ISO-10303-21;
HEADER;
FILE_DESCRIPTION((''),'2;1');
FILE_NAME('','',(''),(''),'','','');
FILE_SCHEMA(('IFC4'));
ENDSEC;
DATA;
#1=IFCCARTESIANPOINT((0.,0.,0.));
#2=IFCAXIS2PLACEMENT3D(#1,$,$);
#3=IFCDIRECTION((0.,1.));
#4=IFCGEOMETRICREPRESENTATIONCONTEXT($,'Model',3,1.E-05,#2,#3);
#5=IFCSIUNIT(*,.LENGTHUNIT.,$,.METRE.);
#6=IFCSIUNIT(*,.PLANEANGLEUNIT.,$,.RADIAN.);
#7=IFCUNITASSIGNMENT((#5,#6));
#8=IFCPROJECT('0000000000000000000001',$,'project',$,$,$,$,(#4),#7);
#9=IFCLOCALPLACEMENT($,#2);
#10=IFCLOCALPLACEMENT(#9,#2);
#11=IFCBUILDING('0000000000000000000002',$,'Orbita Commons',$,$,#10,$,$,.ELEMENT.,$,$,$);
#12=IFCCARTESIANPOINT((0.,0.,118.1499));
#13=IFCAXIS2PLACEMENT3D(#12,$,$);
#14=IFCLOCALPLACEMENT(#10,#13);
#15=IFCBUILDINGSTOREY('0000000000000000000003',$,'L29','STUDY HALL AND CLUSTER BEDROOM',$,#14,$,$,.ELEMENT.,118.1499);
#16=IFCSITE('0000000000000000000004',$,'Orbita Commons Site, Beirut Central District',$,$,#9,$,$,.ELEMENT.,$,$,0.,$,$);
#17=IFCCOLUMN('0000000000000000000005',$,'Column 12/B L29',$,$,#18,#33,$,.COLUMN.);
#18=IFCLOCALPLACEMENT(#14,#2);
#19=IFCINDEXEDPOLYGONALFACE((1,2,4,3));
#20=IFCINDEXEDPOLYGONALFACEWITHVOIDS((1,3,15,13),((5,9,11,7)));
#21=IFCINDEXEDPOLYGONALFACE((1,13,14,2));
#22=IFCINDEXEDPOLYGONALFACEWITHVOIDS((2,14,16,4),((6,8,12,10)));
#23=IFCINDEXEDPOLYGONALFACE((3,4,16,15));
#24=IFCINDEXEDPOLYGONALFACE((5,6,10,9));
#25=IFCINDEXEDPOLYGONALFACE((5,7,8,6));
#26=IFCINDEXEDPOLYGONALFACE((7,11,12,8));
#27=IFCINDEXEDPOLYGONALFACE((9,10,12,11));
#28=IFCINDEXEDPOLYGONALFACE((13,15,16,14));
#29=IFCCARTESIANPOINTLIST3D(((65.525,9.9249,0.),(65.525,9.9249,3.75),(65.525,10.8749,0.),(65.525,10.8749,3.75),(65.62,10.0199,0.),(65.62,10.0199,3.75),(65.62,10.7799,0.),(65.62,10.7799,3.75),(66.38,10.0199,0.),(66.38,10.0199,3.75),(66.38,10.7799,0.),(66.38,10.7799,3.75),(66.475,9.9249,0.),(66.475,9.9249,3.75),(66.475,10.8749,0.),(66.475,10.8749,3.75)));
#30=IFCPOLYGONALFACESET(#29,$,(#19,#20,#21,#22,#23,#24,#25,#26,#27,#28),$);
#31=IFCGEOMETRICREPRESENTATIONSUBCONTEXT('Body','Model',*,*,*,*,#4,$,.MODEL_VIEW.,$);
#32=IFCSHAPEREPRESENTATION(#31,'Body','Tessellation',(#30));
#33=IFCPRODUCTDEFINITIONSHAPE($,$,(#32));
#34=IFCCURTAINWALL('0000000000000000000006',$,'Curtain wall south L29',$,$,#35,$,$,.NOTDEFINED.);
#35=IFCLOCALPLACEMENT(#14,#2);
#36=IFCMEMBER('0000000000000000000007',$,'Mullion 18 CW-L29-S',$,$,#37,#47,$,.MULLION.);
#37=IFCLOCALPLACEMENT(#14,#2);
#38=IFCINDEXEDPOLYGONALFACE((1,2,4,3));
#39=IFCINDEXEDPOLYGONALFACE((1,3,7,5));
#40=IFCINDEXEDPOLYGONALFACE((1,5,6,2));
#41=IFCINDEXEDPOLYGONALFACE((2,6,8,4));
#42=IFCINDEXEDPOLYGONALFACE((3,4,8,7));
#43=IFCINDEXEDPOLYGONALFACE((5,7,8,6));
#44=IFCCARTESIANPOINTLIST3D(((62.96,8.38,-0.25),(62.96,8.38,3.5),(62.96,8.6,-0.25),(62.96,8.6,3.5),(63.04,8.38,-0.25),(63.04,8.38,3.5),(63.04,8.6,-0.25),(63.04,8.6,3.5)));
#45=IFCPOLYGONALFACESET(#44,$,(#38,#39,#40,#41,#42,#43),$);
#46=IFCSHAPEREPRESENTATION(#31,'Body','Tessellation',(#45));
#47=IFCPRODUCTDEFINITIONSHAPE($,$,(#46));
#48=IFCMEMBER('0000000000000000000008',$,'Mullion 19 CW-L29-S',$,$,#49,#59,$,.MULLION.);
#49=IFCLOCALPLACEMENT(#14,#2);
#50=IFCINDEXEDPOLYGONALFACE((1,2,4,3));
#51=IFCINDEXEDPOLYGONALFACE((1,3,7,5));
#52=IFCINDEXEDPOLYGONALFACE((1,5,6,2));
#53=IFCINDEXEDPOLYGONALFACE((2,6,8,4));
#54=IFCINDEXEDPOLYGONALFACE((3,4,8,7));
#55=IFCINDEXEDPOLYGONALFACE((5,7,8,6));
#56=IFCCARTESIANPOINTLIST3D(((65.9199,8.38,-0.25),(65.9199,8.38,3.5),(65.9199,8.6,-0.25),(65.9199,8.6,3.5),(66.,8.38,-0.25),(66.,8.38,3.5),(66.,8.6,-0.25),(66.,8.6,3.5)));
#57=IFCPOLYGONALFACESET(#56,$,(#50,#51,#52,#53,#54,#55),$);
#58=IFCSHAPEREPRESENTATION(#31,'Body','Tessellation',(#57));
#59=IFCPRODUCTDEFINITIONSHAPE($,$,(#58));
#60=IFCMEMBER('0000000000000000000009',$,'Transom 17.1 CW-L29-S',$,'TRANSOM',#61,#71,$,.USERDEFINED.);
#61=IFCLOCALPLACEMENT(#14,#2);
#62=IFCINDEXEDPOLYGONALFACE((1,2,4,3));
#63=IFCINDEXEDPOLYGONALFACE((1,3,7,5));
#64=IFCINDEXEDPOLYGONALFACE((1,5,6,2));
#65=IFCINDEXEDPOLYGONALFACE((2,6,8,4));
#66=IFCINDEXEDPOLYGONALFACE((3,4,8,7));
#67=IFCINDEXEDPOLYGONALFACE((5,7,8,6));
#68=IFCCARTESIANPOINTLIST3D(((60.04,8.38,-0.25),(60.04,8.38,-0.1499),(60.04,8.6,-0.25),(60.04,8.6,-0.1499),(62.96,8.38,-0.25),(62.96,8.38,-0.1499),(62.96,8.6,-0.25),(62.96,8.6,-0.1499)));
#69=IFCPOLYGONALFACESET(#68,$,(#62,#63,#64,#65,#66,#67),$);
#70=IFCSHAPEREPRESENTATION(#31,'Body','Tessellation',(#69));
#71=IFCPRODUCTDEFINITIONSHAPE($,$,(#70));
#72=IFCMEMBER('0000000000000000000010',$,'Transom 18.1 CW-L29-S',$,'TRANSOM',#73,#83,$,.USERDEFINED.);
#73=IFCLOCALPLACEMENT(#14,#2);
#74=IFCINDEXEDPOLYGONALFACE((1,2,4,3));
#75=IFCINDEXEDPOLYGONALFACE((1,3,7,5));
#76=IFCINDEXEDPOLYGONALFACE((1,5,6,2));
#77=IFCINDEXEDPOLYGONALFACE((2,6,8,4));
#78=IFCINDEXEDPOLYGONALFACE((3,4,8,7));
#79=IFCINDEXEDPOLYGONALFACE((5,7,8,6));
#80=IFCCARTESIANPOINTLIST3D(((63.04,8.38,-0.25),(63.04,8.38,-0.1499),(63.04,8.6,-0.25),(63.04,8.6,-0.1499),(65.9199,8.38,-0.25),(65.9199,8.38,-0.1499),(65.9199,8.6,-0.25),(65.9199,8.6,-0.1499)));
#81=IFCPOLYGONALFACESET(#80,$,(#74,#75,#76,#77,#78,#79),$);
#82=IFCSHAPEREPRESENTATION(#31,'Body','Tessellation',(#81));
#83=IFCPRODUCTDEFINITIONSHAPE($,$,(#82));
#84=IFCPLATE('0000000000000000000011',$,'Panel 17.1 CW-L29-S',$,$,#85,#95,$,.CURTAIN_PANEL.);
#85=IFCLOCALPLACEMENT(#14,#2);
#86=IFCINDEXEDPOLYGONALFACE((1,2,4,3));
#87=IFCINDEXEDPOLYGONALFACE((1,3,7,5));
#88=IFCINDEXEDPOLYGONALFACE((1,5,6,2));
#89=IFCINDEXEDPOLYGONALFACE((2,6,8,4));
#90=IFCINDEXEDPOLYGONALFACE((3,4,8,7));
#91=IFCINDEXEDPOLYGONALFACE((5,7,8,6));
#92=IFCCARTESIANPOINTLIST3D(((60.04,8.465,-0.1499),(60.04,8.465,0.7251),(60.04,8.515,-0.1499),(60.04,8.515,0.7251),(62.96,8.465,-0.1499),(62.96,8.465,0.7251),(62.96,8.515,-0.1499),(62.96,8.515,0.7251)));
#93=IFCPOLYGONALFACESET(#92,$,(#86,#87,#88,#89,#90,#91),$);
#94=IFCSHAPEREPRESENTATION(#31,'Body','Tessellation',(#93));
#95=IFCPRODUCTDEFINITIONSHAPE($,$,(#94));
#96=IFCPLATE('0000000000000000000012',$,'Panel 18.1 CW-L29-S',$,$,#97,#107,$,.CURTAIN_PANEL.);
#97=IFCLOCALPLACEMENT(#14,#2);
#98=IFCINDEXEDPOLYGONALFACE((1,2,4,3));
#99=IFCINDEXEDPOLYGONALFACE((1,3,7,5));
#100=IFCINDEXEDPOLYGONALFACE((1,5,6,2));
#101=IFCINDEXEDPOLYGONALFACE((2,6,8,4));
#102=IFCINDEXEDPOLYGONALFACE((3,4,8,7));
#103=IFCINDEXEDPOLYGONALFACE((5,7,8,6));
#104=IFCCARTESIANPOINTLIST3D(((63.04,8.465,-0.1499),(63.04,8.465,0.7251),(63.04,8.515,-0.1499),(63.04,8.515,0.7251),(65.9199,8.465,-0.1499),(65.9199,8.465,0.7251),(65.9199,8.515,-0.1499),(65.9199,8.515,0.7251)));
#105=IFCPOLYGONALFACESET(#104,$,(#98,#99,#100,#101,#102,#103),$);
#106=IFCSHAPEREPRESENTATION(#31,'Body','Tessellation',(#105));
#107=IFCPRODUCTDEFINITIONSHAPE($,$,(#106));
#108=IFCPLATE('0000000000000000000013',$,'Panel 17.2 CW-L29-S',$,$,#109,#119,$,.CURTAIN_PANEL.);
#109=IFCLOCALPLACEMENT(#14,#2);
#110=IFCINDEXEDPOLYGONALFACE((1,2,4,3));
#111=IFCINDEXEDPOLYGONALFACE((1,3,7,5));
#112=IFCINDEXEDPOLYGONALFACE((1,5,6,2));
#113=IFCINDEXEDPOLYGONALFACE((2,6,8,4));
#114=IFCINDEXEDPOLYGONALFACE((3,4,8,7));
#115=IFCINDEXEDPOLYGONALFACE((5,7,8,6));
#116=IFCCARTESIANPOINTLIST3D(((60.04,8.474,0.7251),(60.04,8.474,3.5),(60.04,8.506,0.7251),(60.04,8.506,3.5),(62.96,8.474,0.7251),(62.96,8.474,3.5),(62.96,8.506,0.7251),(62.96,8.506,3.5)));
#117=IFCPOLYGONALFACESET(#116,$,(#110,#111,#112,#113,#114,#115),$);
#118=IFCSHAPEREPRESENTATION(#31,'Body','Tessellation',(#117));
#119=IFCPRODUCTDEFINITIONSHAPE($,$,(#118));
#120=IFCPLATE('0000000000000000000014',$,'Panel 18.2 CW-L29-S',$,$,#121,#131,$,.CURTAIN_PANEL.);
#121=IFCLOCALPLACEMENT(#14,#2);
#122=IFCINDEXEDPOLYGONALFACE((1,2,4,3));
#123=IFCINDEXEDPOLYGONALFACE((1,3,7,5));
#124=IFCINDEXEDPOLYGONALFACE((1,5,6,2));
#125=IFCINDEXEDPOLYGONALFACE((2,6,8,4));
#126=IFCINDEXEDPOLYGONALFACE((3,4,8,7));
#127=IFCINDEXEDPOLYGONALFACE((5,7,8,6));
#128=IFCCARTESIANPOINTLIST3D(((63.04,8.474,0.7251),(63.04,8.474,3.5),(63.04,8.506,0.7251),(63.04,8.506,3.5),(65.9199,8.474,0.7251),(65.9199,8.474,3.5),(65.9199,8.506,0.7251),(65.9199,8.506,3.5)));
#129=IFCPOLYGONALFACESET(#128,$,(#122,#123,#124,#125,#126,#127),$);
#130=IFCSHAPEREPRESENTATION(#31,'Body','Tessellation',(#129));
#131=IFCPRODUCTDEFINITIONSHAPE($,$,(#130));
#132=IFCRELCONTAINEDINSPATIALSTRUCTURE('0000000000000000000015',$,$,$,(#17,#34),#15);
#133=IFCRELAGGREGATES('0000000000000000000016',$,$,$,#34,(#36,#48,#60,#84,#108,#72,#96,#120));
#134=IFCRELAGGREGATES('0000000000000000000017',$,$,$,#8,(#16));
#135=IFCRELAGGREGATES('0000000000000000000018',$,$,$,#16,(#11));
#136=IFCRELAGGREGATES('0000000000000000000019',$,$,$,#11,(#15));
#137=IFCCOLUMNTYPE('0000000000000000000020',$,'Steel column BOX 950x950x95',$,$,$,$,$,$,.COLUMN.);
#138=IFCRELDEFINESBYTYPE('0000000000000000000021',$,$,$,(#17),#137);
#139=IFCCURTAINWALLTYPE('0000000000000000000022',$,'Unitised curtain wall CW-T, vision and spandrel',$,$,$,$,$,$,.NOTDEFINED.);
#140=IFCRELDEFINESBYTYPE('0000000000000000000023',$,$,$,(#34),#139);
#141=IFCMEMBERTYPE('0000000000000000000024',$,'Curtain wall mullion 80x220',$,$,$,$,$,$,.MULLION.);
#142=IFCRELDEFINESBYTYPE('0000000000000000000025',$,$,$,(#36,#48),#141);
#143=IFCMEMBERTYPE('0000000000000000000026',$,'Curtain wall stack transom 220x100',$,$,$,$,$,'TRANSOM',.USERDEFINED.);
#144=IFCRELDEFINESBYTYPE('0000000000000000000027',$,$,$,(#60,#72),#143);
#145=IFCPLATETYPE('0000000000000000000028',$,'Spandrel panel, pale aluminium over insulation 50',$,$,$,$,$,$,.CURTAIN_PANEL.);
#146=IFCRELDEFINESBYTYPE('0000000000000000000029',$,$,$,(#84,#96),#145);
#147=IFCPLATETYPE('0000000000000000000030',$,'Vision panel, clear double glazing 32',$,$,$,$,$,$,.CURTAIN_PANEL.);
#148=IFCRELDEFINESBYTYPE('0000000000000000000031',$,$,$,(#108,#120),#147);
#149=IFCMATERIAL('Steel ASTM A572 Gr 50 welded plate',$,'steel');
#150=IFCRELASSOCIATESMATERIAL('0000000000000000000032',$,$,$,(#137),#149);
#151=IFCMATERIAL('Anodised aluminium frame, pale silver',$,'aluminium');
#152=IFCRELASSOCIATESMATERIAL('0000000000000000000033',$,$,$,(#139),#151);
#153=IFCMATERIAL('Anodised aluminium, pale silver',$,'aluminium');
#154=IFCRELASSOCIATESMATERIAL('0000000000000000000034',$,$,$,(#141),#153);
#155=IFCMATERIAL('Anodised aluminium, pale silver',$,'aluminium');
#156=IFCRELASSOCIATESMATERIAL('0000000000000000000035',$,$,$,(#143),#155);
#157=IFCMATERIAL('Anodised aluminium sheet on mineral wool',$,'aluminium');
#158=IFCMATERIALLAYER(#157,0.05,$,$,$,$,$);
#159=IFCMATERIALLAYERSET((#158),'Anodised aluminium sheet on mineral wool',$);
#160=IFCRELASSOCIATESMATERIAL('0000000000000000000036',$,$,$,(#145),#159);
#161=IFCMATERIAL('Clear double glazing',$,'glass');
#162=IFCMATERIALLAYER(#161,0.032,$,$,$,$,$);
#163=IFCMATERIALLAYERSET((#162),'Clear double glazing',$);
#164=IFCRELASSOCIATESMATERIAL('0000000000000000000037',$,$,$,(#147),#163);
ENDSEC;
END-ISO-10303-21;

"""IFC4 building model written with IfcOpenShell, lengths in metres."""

from ifc_helpers import new_model, si_unit, direction, frame, origin, origin_2d, place, context, subcontext, project, spatial, rectangle, hollow_rectangle, extrude, material, layer, layer_set, material_profile, profile_set, type_object, element, aggregate, save


model = new_model("IFC4")

# Units and contexts
model_context = context("Model", 3, precision=1e-05, world=origin(), true_north=direction((0.0, 1.0)))
body_context = subcontext(model_context, "Body", "Model", "MODEL_VIEW")
ifc_project = project(units=[si_unit("LENGTHUNIT", "METRE"), si_unit("PLANEANGLEUNIT", "RADIAN")], contexts=[model_context])

# Site, building, storey
site_placement = place(None, origin())
site = spatial("IfcSite", under=ifc_project, at=site_placement, Name="Orbita Commons Site, Beirut Central District", CompositionType="ELEMENT", RefElevation=0.0)
building_placement = place(site_placement, origin())
building = spatial("IfcBuilding", under=site, at=building_placement, Name="Orbita Commons", CompositionType="ELEMENT")
storey_placement = place(building_placement, frame((0.0, 0.0, 118.1499)))
storey = spatial("IfcBuildingStorey", under=building, at=storey_placement, Name="L29", Description="STUDY HALL AND CLUSTER BEDROOM", CompositionType="ELEMENT", Elevation=118.1499)

# Column
ifc_material_1 = material(Name="Steel ASTM A572 Gr 50 welded plate", Category="steel")
ifc_material_profile_1 = material_profile(ifc_material_1, hollow_rectangle(XDim=0.95, YDim=0.95, WallThickness=0.095, at=origin_2d()), Name="BOX 950x950x95")
ifc_profile_set_1 = profile_set([ifc_material_profile_1], Name="Steel ASTM A572 Gr 50 welded plate")
column_type = type_object("IfcColumnType", Name="Steel column BOX 950x950x95", PredefinedType="COLUMN", material=ifc_profile_set_1)
column_placement = place(storey_placement, frame((66.0, 10.3999, 0.0), z_axis=(0.0, 0.0, 1.0), x_axis=(1.0, 0.0, 0.0)))
element("IfcColumn", 1, at=column_placement, inside=storey, type_object=column_type, Name="Column 12/B L29", PredefinedType="COLUMN", context=body_context, shape_type="SweptSolid", body=[
    extrude(hollow_rectangle(XDim=0.95, YDim=0.95, WallThickness=0.095, at=origin_2d()), origin(), (0.0, 0.0, 1.0), 3.75),
])

# Curtain wall, members, plates
ifc_material_2 = material(Name="Anodised aluminium frame, pale silver", Category="aluminium")
curtain_wall_type = type_object("IfcCurtainWallType", Name="Unitised curtain wall CW-T, vision and spandrel", PredefinedType="NOTDEFINED", material=ifc_material_2)
curtain_wall_placement = place(storey_placement, origin())
curtain_wall = element("IfcCurtainWall", 2, at=curtain_wall_placement, inside=storey, type_object=curtain_wall_type, Name="Curtain wall south L29", PredefinedType="NOTDEFINED")
ifc_material_3 = material(Name="Anodised aluminium, pale silver", Category="aluminium")
ifc_material_profile_2 = material_profile(ifc_material_3, rectangle(XDim=0.0801, YDim=0.22, at=origin_2d()), Name="AL 80x220")
ifc_profile_set_2 = profile_set([ifc_material_profile_2], Name="Anodised aluminium, pale silver")
member_type_1 = type_object("IfcMemberType", Name="Curtain wall mullion 80x220", PredefinedType="MULLION", material=ifc_profile_set_2)
member_1_placement = place(storey_placement, frame((63.0, 8.49, -0.25), z_axis=(0.0, 0.0, 1.0), x_axis=(1.0, 0.0, 0.0)))
member_1 = element("IfcMember", 3, at=member_1_placement, type_object=member_type_1, Name="Mullion 18 CW-L29-S", PredefinedType="MULLION", context=body_context, shape_type="SweptSolid", body=[
    extrude(rectangle(XDim=0.0801, YDim=0.22, at=origin_2d()), origin(), (0.0, 0.0, 1.0), 3.75),
])
member_2_placement = place(storey_placement, frame((65.96, 8.49, -0.25), z_axis=(0.0, 0.0, 1.0), x_axis=(1.0, 0.0, 0.0)))
member_2 = element("IfcMember", 4, at=member_2_placement, type_object=member_type_1, Name="Mullion 19 CW-L29-S", PredefinedType="MULLION", context=body_context, shape_type="SweptSolid", body=[
    extrude(rectangle(XDim=0.0801, YDim=0.22, at=origin_2d()), origin(), (0.0, 0.0, 1.0), 3.75),
])
ifc_material_4 = material(Name="Anodised aluminium, pale silver", Category="aluminium")
ifc_material_profile_3 = material_profile(ifc_material_4, rectangle(XDim=0.22, YDim=0.1001, at=origin_2d()), Name="AL 220x100")
ifc_profile_set_3 = profile_set([ifc_material_profile_3], Name="Anodised aluminium, pale silver")
member_type_2 = type_object("IfcMemberType", Name="Curtain wall stack transom 220x100", ElementType="TRANSOM", PredefinedType="USERDEFINED", material=ifc_profile_set_3)
member_3_placement = place(storey_placement, frame((60.04, 8.49, -0.2), z_axis=(1.0, 0.0, 0.0), x_axis=(0.0, 1.0, 0.0)))
member_3 = element("IfcMember", 5, at=member_3_placement, type_object=member_type_2, Name="Transom 17.1 CW-L29-S", ObjectType="TRANSOM", PredefinedType="USERDEFINED", context=body_context, shape_type="SweptSolid", body=[
    extrude(rectangle(XDim=0.22, YDim=0.1001, at=origin_2d()), origin(), (0.0, 0.0, 1.0), 2.9199),
])
member_4_placement = place(storey_placement, frame((63.04, 8.49, -0.2), z_axis=(1.0, 0.0, 0.0), x_axis=(0.0, 1.0, 0.0)))
member_4 = element("IfcMember", 6, at=member_4_placement, type_object=member_type_2, Name="Transom 18.1 CW-L29-S", ObjectType="TRANSOM", PredefinedType="USERDEFINED", context=body_context, shape_type="SweptSolid", body=[
    extrude(rectangle(XDim=0.22, YDim=0.1001, at=origin_2d()), origin(), (0.0, 0.0, 1.0), 2.8799),
])
ifc_material_5 = material(Name="Anodised aluminium sheet on mineral wool", Category="aluminium")
ifc_layer_1 = layer(ifc_material_5, 0.05)
ifc_layer_set_1 = layer_set([ifc_layer_1], Name="Anodised aluminium sheet on mineral wool")
plate_type_1 = type_object("IfcPlateType", Name="Spandrel panel, pale aluminium over insulation 50", PredefinedType="CURTAIN_PANEL", material=ifc_layer_set_1)
plate_1_placement = place(storey_placement, frame((61.5, 8.49, -0.1499), z_axis=(0.0, 0.0, 1.0), x_axis=(1.0, 0.0, 0.0)))
plate_1 = element("IfcPlate", 7, at=plate_1_placement, type_object=plate_type_1, Name="Panel 17.1 CW-L29-S", PredefinedType="CURTAIN_PANEL", context=body_context, shape_type="SweptSolid", body=[
    extrude(rectangle(XDim=2.9199, YDim=0.05, at=origin_2d()), origin(), (0.0, 0.0, 1.0), 0.875),
])
plate_2_placement = place(storey_placement, frame((64.48, 8.49, -0.1499), z_axis=(0.0, 0.0, 1.0), x_axis=(1.0, 0.0, 0.0)))
plate_2 = element("IfcPlate", 8, at=plate_2_placement, type_object=plate_type_1, Name="Panel 18.1 CW-L29-S", PredefinedType="CURTAIN_PANEL", context=body_context, shape_type="SweptSolid", body=[
    extrude(rectangle(XDim=2.8799, YDim=0.05, at=origin_2d()), origin(), (0.0, 0.0, 1.0), 0.875),
])
ifc_material_6 = material(Name="Clear double glazing", Category="glass")
ifc_layer_2 = layer(ifc_material_6, 0.032)
ifc_layer_set_2 = layer_set([ifc_layer_2], Name="Clear double glazing")
plate_type_2 = type_object("IfcPlateType", Name="Vision panel, clear double glazing 32", PredefinedType="CURTAIN_PANEL", material=ifc_layer_set_2)
plate_3_placement = place(storey_placement, frame((61.5, 8.49, 0.7251), z_axis=(0.0, 0.0, 1.0), x_axis=(1.0, 0.0, 0.0)))
plate_3 = element("IfcPlate", 9, at=plate_3_placement, type_object=plate_type_2, Name="Panel 17.2 CW-L29-S", PredefinedType="CURTAIN_PANEL", context=body_context, shape_type="SweptSolid", body=[
    extrude(rectangle(XDim=2.9199, YDim=0.032, at=origin_2d()), origin(), (0.0, 0.0, 1.0), 2.7749),
])
plate_4_placement = place(storey_placement, frame((64.48, 8.49, 0.7251), z_axis=(0.0, 0.0, 1.0), x_axis=(1.0, 0.0, 0.0)))
plate_4 = element("IfcPlate", 10, at=plate_4_placement, type_object=plate_type_2, Name="Panel 18.2 CW-L29-S", PredefinedType="CURTAIN_PANEL", context=body_context, shape_type="SweptSolid", body=[
    extrude(rectangle(XDim=2.8799, YDim=0.032, at=origin_2d()), origin(), (0.0, 0.0, 1.0), 2.7749),
])
aggregate(curtain_wall, [member_1, member_2, member_3, plate_1, plate_3, member_4, plate_2, plate_4])

save(model, "model.ifc")
